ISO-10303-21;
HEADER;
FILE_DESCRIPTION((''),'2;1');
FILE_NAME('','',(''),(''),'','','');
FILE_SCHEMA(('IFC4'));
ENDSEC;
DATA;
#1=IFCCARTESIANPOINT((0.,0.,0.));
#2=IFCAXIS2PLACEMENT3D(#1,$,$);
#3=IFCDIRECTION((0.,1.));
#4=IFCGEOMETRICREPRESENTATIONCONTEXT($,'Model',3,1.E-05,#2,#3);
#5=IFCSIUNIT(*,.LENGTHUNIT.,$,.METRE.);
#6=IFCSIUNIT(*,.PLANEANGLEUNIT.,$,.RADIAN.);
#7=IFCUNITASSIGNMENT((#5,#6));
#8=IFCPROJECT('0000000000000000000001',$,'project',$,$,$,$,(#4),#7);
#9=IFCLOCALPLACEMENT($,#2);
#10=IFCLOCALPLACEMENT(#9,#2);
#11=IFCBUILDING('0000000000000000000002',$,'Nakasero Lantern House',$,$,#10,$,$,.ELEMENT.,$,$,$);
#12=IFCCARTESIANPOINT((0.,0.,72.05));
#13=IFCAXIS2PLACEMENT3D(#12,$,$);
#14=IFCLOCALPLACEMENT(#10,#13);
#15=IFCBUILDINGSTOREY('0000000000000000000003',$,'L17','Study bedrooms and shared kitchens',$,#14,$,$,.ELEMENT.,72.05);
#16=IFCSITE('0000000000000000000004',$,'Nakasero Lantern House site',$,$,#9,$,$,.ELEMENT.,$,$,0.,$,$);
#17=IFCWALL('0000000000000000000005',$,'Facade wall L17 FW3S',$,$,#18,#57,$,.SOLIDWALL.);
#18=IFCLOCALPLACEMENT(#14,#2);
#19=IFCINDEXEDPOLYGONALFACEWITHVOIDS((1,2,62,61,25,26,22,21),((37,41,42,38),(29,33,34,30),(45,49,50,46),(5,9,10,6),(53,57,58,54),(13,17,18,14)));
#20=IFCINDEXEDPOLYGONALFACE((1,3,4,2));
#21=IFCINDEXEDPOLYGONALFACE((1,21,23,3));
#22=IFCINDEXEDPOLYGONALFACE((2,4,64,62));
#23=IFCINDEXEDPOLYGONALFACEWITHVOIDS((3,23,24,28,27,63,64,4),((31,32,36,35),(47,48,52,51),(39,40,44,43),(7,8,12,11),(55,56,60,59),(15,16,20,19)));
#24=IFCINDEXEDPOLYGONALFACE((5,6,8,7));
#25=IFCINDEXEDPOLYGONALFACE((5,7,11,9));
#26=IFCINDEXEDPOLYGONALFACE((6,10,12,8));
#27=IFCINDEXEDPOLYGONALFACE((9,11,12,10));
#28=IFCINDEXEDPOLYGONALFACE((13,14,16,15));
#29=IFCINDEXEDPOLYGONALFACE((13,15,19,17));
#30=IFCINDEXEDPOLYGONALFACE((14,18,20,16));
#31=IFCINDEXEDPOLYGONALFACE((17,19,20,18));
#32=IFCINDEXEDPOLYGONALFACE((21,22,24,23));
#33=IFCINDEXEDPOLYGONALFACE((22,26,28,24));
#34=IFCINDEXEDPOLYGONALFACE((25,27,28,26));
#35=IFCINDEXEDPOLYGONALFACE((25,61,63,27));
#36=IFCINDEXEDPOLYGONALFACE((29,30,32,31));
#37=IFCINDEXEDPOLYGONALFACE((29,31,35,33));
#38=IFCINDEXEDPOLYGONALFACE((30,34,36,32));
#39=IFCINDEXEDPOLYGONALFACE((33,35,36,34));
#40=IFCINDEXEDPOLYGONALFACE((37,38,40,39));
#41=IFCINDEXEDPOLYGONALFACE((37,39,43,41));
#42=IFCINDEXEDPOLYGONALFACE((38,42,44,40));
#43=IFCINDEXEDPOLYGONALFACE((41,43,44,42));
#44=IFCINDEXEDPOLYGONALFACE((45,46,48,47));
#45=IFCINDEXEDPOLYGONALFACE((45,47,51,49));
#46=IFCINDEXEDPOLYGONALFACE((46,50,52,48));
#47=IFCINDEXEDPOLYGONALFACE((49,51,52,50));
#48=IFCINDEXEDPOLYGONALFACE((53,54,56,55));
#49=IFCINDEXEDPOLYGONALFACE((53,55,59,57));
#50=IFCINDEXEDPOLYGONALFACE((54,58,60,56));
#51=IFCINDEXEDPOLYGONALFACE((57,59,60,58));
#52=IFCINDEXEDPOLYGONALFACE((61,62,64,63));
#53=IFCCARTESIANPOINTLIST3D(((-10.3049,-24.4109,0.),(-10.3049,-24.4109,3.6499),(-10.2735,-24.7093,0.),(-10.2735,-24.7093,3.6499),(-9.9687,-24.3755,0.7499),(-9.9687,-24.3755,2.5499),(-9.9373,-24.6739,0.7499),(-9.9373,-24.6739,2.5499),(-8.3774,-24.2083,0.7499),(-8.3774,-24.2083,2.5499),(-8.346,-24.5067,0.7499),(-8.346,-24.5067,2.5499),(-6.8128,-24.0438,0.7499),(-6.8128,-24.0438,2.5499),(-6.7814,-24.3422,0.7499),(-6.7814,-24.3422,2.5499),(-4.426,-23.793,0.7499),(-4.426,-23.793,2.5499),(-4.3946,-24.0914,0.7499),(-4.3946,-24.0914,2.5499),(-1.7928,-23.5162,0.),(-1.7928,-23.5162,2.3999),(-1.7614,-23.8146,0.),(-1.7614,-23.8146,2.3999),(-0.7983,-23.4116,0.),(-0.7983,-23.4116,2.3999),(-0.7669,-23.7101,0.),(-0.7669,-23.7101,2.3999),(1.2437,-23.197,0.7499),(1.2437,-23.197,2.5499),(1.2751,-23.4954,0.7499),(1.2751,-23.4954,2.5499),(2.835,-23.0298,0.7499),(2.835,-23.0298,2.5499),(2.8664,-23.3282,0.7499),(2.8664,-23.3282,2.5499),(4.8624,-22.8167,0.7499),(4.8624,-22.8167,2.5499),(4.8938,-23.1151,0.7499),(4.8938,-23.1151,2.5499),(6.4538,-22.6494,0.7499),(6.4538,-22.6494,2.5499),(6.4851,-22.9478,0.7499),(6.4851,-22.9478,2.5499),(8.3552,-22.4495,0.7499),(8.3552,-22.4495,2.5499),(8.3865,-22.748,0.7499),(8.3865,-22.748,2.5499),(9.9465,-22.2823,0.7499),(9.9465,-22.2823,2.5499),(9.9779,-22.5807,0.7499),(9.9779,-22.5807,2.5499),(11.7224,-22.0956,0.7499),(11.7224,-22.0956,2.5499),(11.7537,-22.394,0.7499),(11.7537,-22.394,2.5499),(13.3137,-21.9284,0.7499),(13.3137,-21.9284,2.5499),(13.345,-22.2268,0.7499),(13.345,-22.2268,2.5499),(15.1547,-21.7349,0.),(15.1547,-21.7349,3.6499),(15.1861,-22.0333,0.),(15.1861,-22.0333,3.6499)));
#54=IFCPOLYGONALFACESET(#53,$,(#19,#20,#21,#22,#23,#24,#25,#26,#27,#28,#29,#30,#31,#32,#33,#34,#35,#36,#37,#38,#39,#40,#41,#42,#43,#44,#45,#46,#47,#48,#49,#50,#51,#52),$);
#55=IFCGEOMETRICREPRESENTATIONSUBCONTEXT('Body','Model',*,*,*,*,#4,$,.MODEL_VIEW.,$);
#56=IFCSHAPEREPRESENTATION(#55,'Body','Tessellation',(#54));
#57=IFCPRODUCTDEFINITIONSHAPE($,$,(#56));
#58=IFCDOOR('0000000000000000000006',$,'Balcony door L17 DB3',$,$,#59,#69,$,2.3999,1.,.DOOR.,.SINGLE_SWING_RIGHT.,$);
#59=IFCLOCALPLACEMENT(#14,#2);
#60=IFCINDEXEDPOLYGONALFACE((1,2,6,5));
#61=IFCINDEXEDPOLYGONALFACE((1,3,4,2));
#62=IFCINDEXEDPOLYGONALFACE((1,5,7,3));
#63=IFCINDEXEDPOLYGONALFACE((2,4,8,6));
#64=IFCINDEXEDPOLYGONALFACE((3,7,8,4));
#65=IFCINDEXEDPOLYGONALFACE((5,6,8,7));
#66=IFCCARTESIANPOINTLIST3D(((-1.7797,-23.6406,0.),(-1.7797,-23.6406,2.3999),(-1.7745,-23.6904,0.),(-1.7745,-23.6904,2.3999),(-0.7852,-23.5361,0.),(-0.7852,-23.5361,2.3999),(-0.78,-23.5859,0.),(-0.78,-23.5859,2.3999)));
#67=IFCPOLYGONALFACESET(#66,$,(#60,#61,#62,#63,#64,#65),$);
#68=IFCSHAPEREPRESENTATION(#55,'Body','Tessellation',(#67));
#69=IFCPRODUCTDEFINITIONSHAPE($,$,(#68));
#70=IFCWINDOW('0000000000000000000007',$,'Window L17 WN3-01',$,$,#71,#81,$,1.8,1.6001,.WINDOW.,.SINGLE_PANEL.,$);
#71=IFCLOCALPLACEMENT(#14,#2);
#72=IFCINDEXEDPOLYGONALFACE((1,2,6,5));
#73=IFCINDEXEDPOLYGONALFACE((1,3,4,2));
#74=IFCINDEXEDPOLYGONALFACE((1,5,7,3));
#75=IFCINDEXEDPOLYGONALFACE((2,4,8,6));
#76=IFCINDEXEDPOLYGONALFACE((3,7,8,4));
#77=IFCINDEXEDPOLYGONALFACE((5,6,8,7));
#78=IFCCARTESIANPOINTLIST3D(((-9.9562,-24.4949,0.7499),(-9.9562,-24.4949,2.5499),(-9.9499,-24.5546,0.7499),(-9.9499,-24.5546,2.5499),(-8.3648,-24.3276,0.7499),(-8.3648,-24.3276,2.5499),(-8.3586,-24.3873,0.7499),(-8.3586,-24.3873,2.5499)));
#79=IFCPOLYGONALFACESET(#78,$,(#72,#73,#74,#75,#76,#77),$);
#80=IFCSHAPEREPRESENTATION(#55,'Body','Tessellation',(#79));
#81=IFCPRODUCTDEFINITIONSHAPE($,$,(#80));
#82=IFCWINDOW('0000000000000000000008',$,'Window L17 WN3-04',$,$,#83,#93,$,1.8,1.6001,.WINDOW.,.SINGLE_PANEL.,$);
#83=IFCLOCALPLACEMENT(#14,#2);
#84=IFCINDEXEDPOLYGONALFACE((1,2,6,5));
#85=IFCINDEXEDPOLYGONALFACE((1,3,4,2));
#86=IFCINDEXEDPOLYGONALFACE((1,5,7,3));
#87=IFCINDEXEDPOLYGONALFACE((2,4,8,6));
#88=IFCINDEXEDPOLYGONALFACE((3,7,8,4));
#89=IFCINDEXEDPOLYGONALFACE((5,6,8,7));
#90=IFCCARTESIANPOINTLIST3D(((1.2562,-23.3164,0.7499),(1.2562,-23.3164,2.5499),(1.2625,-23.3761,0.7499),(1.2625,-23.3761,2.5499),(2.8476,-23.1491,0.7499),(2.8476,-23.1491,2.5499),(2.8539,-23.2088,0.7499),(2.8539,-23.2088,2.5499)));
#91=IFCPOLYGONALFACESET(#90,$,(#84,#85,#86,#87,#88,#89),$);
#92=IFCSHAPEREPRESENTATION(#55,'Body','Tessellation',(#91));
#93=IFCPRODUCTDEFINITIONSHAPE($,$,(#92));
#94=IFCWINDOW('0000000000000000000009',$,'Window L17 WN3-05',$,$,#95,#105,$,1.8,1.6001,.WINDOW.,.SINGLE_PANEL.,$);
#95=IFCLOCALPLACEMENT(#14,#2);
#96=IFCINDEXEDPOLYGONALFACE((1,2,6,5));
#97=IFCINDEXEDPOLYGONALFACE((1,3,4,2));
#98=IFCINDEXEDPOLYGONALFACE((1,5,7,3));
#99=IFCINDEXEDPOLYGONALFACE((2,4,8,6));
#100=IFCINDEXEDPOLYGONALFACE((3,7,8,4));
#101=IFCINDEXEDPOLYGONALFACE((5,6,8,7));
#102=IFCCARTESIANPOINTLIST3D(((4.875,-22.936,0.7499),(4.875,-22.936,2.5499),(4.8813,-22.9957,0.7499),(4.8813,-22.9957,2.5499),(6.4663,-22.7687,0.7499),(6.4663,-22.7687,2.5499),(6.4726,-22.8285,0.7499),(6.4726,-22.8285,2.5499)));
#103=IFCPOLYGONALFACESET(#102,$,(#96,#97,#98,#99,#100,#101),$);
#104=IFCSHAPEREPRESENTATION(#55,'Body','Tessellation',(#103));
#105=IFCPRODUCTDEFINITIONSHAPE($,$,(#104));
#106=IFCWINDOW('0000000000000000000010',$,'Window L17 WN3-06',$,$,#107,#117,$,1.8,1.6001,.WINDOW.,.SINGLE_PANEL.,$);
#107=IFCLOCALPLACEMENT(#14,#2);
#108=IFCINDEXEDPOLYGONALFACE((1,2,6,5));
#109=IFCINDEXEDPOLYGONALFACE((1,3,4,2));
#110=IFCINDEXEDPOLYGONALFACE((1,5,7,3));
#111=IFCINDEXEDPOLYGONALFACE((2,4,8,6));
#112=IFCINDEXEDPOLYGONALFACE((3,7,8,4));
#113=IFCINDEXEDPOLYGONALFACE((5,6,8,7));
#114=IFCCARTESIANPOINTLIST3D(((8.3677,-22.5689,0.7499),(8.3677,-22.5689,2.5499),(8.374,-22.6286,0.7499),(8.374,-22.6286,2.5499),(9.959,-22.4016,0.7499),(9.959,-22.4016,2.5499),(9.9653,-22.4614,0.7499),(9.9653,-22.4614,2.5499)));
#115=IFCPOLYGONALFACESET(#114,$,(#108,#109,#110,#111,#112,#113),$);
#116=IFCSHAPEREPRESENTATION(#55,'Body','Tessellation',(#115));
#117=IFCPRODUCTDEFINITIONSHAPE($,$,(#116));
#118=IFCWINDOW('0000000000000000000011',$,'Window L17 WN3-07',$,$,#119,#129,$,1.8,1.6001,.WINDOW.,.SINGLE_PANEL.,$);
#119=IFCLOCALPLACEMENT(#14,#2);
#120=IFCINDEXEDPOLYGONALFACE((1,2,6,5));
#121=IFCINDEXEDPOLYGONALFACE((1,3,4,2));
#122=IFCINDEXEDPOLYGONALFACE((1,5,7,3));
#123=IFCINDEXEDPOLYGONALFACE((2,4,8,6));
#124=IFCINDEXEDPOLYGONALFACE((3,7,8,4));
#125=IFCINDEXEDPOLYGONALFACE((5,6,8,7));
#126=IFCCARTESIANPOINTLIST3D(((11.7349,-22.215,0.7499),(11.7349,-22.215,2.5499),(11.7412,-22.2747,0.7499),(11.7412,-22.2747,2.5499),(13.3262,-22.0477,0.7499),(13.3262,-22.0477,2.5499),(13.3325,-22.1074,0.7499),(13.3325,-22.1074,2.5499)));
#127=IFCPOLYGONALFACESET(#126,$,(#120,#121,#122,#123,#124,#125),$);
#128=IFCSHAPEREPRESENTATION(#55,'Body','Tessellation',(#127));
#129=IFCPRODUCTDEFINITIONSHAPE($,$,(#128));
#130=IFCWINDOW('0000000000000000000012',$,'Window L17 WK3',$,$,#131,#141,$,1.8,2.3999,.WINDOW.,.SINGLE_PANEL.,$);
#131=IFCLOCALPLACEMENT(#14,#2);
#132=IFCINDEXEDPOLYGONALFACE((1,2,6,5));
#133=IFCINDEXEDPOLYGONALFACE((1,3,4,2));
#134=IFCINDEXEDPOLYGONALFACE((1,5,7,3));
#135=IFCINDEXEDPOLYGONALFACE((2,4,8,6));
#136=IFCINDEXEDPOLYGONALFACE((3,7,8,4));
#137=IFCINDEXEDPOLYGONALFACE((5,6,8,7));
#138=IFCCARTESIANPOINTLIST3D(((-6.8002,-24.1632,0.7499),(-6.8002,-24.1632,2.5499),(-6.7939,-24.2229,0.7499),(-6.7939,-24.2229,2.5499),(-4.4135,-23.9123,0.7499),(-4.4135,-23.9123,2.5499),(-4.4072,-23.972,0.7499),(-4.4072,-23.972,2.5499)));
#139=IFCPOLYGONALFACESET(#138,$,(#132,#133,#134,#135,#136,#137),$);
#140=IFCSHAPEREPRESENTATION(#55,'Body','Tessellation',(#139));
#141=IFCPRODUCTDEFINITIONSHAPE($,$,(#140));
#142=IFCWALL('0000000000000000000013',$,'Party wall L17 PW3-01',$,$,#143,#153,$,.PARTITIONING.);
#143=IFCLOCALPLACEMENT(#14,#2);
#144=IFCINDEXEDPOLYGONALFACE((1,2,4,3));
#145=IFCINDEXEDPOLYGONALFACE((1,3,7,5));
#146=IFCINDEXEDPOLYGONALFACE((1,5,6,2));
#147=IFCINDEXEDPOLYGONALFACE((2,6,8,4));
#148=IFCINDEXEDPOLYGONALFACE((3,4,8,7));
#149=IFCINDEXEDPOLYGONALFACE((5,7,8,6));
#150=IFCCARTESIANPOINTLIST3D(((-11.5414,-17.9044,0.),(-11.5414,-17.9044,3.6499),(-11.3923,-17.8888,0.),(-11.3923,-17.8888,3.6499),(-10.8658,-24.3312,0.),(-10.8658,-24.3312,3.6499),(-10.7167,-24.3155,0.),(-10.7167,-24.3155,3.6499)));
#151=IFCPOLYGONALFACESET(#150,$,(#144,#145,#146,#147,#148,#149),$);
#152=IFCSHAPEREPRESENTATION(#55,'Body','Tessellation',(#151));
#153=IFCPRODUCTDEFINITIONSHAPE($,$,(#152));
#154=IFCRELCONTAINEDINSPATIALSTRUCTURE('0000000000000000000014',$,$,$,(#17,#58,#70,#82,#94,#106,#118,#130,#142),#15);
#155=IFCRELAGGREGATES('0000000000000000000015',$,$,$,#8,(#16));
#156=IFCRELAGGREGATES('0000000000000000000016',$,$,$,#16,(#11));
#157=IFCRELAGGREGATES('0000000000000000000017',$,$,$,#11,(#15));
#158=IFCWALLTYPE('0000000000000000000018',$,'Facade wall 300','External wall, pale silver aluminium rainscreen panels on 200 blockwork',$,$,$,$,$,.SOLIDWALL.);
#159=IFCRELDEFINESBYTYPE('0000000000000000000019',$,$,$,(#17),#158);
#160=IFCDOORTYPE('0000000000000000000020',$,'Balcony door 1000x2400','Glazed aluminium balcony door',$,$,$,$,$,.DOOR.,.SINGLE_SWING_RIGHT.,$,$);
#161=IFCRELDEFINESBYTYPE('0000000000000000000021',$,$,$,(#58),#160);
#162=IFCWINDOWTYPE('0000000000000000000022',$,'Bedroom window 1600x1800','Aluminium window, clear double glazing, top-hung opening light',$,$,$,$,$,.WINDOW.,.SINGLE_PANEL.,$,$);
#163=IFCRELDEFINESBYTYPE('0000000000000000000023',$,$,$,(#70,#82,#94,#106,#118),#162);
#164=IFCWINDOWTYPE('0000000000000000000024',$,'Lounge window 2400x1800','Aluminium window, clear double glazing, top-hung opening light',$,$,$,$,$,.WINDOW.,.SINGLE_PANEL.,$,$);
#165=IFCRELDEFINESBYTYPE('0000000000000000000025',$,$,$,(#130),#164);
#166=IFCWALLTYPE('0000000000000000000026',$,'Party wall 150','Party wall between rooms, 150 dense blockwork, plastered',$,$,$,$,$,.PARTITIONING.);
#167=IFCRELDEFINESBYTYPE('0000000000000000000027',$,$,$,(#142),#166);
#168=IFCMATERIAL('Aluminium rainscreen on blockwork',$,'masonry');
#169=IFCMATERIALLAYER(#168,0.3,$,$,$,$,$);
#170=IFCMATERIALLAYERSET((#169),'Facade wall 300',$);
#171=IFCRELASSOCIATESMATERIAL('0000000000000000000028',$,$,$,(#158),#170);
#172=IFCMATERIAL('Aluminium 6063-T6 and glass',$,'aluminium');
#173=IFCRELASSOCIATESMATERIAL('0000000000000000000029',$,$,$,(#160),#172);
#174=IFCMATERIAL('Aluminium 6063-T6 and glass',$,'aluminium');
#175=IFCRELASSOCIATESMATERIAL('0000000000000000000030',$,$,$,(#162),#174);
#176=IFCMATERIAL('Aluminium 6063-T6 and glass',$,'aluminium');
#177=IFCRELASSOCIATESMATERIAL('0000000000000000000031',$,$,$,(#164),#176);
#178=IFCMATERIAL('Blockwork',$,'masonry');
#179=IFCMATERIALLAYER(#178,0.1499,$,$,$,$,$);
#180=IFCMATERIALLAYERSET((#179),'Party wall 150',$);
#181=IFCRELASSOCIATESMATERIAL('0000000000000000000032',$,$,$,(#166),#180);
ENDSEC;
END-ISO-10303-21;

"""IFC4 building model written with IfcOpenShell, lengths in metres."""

from ifc_helpers import new_model, si_unit, direction, frame, frame_2d, origin, place, context, subcontext, project, spatial, rectangle, extrude, material, layer, layer_set, type_object, element, fill, save


model = new_model("IFC4")

# Units and contexts
model_context = context("Model", 3, precision=1e-05, world=origin(), true_north=direction((0.0, 1.0)))
body_context = subcontext(model_context, "Body", "Model", "MODEL_VIEW")
ifc_project = project(units=[si_unit("LENGTHUNIT", "METRE"), si_unit("PLANEANGLEUNIT", "RADIAN")], contexts=[model_context])

# Site, building, storey
site_placement = place(None, origin())
site = spatial("IfcSite", under=ifc_project, at=site_placement, Name="Nakasero Lantern House site", CompositionType="ELEMENT", RefElevation=0.0)
building_placement = place(site_placement, origin())
building = spatial("IfcBuilding", under=site, at=building_placement, Name="Nakasero Lantern House", CompositionType="ELEMENT")
storey_placement = place(building_placement, frame((0.0, 0.0, 72.05)))
storey = spatial("IfcBuildingStorey", under=building, at=storey_placement, Name="L17", Description="Study bedrooms and shared kitchens", CompositionType="ELEMENT", Elevation=72.05)

# Wall, openings, door, windows
ifc_material_1 = material(Name="Aluminium rainscreen on blockwork", Category="masonry")
ifc_layer_1 = layer(ifc_material_1, 0.3)
ifc_layer_set_1 = layer_set([ifc_layer_1], Name="Facade wall 300")
wall_type_1 = type_object("IfcWallType", Name="Facade wall 300", Description="External wall, pale silver aluminium rainscreen panels on 200 blockwork", PredefinedType="SOLIDWALL", material=ifc_layer_set_1)
wall_1_placement = place(storey_placement, frame((-10.2891, -24.5601, 0.0), z_axis=(0.0, 0.0, 1.0), x_axis=(0.994521, 0.104532, 0.0)))
wall_1 = element("IfcWall", 1, at=wall_1_placement, inside=storey, type_object=wall_type_1, Name="Facade wall L17 FW3S", PredefinedType="SOLIDWALL", context=body_context, shape_type="SweptSolid", body=[
    extrude(rectangle(XDim=25.5999, YDim=0.3, at=frame_2d((12.7998, 0.0))), origin(), (0.0, 0.0, 1.0), 3.6499),
])
opening_1_placement = place(wall_1_placement, frame((0.3379, 0.0, 0.75)))
opening_1 = element("IfcOpeningElement", 2, at=opening_1_placement, cuts=wall_1, PredefinedType="OPENING", context=body_context, shape_type="SweptSolid", body=[
    extrude(rectangle(XDim=1.6001, YDim=1.8, at=frame_2d((0.8, 0.8999))), frame((0.0, 0.1699, 0.0), z_axis=(0.0, -1.0, 0.0), x_axis=(1.0, 0.0, 0.0)), (0.0, 0.0, 1.0), 0.3401),
])
opening_2_placement = place(wall_1_placement, frame((11.6121, 0.0, 0.75)))
opening_2 = element("IfcOpeningElement", 3, at=opening_2_placement, cuts=wall_1, PredefinedType="OPENING", context=body_context, shape_type="SweptSolid", body=[
    extrude(rectangle(XDim=1.6001, YDim=1.8, at=frame_2d((0.8, 0.8999))), frame((0.0, 0.1699, 0.0), z_axis=(0.0, -1.0, 0.0), x_axis=(1.0, 0.0, 0.0)), (0.0, 0.0, 1.0), 0.3401),
])
opening_3_placement = place(wall_1_placement, frame((15.2507, 0.0, 0.75)))
opening_3 = element("IfcOpeningElement", 4, at=opening_3_placement, cuts=wall_1, PredefinedType="OPENING", context=body_context, shape_type="SweptSolid", body=[
    extrude(rectangle(XDim=1.6001, YDim=1.8, at=frame_2d((0.8, 0.8999))), frame((0.0, 0.1699, 0.0), z_axis=(0.0, -1.0, 0.0), x_axis=(1.0, 0.0, 0.0)), (0.0, 0.0, 1.0), 0.3401),
])
opening_4_placement = place(wall_1_placement, frame((18.7627, 0.0, 0.75)))
opening_4 = element("IfcOpeningElement", 5, at=opening_4_placement, cuts=wall_1, PredefinedType="OPENING", context=body_context, shape_type="SweptSolid", body=[
    extrude(rectangle(XDim=1.6001, YDim=1.8, at=frame_2d((0.8, 0.8999))), frame((0.0, 0.1699, 0.0), z_axis=(0.0, -1.0, 0.0), x_axis=(1.0, 0.0, 0.0)), (0.0, 0.0, 1.0), 0.3401),
])
opening_5_placement = place(wall_1_placement, frame((22.1484, 0.0, 0.75)))
opening_5 = element("IfcOpeningElement", 6, at=opening_5_placement, cuts=wall_1, PredefinedType="OPENING", context=body_context, shape_type="SweptSolid", body=[
    extrude(rectangle(XDim=1.6001, YDim=1.8, at=frame_2d((0.8, 0.8999))), frame((0.0, 0.1699, 0.0), z_axis=(0.0, -1.0, 0.0), x_axis=(1.0, 0.0, 0.0)), (0.0, 0.0, 1.0), 0.3401),
])
opening_6_placement = place(wall_1_placement, frame((3.5112, 0.0, 0.75)))
opening_6 = element("IfcOpeningElement", 7, at=opening_6_placement, cuts=wall_1, PredefinedType="OPENING", context=body_context, shape_type="SweptSolid", body=[
    extrude(rectangle(XDim=2.3999, YDim=1.8, at=frame_2d((1.2, 0.8999))), frame((0.0, 0.1699, 0.0), z_axis=(0.0, -1.0, 0.0), x_axis=(1.0, 0.0, 0.0)), (0.0, 0.0, 1.0), 0.3401),
])
opening_7_placement = place(wall_1_placement, frame((8.5588, 0.0, 0.0)))
opening_7 = element("IfcOpeningElement", 8, at=opening_7_placement, cuts=wall_1, PredefinedType="OPENING", context=body_context, shape_type="SweptSolid", body=[
    extrude(rectangle(XDim=1.0, YDim=2.3999, at=frame_2d((0.5, 1.2))), frame((0.0, 0.1699, 0.0), z_axis=(0.0, -1.0, 0.0), x_axis=(1.0, 0.0, 0.0)), (0.0, 0.0, 1.0), 0.3401),
])
ifc_material_2 = material(Name="Aluminium 6063-T6 and glass", Category="aluminium")
door_type_1 = type_object("IfcDoorType", Name="Balcony door 1000x2400", Description="Glazed aluminium balcony door", OperationType="SINGLE_SWING_RIGHT", PredefinedType="DOOR", material=ifc_material_2)
door_1_placement = place(opening_7_placement, origin())
door_1 = element("IfcDoor", 9, at=door_1_placement, inside=storey, type_object=door_type_1, Name="Balcony door L17 DB3", OperationType="SINGLE_SWING_RIGHT", OverallHeight=2.3999, OverallWidth=1.0, PredefinedType="DOOR", context=body_context, shape_type="SweptSolid", body=[
    extrude(rectangle(XDim=1.0, YDim=2.3999, at=frame_2d((0.5, 1.2))), frame((0.0, 0.0249, 0.0), z_axis=(0.0, -1.0, 0.0), x_axis=(1.0, 0.0, 0.0)), (0.0, 0.0, 1.0), 0.05),
])
fill(opening_7, door_1)
ifc_material_3 = material(Name="Aluminium 6063-T6 and glass", Category="aluminium")
window_type_1 = type_object("IfcWindowType", Name="Bedroom window 1600x1800", Description="Aluminium window, clear double glazing, top-hung opening light", PartitioningType="SINGLE_PANEL", PredefinedType="WINDOW", material=ifc_material_3)
window_1_placement = place(opening_1_placement, origin())
window_1 = element("IfcWindow", 10, at=window_1_placement, inside=storey, type_object=window_type_1, Name="Window L17 WN3-01", OverallHeight=1.8, OverallWidth=1.6001, PartitioningType="SINGLE_PANEL", PredefinedType="WINDOW", context=body_context, shape_type="SweptSolid", body=[
    extrude(rectangle(XDim=1.6001, YDim=1.8, at=frame_2d((0.8, 0.8999))), frame((0.0, 0.03, 0.0), z_axis=(0.0, -1.0, 0.0), x_axis=(1.0, 0.0, 0.0)), (0.0, 0.0, 1.0), 0.0601),
])
fill(opening_1, window_1)
window_2_placement = place(opening_2_placement, origin())
window_2 = element("IfcWindow", 11, at=window_2_placement, inside=storey, type_object=window_type_1, Name="Window L17 WN3-04", OverallHeight=1.8, OverallWidth=1.6001, PartitioningType="SINGLE_PANEL", PredefinedType="WINDOW", context=body_context, shape_type="SweptSolid", body=[
    extrude(rectangle(XDim=1.6001, YDim=1.8, at=frame_2d((0.8, 0.8999))), frame((0.0, 0.03, 0.0), z_axis=(0.0, -1.0, 0.0), x_axis=(1.0, 0.0, 0.0)), (0.0, 0.0, 1.0), 0.0601),
])
fill(opening_2, window_2)
window_3_placement = place(opening_3_placement, origin())
window_3 = element("IfcWindow", 12, at=window_3_placement, inside=storey, type_object=window_type_1, Name="Window L17 WN3-05", OverallHeight=1.8, OverallWidth=1.6001, PartitioningType="SINGLE_PANEL", PredefinedType="WINDOW", context=body_context, shape_type="SweptSolid", body=[
    extrude(rectangle(XDim=1.6001, YDim=1.8, at=frame_2d((0.8, 0.8999))), frame((0.0, 0.03, 0.0), z_axis=(0.0, -1.0, 0.0), x_axis=(1.0, 0.0, 0.0)), (0.0, 0.0, 1.0), 0.0601),
])
fill(opening_3, window_3)
window_4_placement = place(opening_4_placement, origin())
window_4 = element("IfcWindow", 13, at=window_4_placement, inside=storey, type_object=window_type_1, Name="Window L17 WN3-06", OverallHeight=1.8, OverallWidth=1.6001, PartitioningType="SINGLE_PANEL", PredefinedType="WINDOW", context=body_context, shape_type="SweptSolid", body=[
    extrude(rectangle(XDim=1.6001, YDim=1.8, at=frame_2d((0.8, 0.8999))), frame((0.0, 0.03, 0.0), z_axis=(0.0, -1.0, 0.0), x_axis=(1.0, 0.0, 0.0)), (0.0, 0.0, 1.0), 0.0601),
])
fill(opening_4, window_4)
window_5_placement = place(opening_5_placement, origin())
window_5 = element("IfcWindow", 14, at=window_5_placement, inside=storey, type_object=window_type_1, Name="Window L17 WN3-07", OverallHeight=1.8, OverallWidth=1.6001, PartitioningType="SINGLE_PANEL", PredefinedType="WINDOW", context=body_context, shape_type="SweptSolid", body=[
    extrude(rectangle(XDim=1.6001, YDim=1.8, at=frame_2d((0.8, 0.8999))), frame((0.0, 0.03, 0.0), z_axis=(0.0, -1.0, 0.0), x_axis=(1.0, 0.0, 0.0)), (0.0, 0.0, 1.0), 0.0601),
])
fill(opening_5, window_5)
ifc_material_4 = material(Name="Aluminium 6063-T6 and glass", Category="aluminium")
window_type_2 = type_object("IfcWindowType", Name="Lounge window 2400x1800", Description="Aluminium window, clear double glazing, top-hung opening light", PartitioningType="SINGLE_PANEL", PredefinedType="WINDOW", material=ifc_material_4)
window_6_placement = place(opening_6_placement, origin())
window_6 = element("IfcWindow", 15, at=window_6_placement, inside=storey, type_object=window_type_2, Name="Window L17 WK3", OverallHeight=1.8, OverallWidth=2.3999, PartitioningType="SINGLE_PANEL", PredefinedType="WINDOW", context=body_context, shape_type="SweptSolid", body=[
    extrude(rectangle(XDim=2.3999, YDim=1.8, at=frame_2d((1.2, 0.8999))), frame((0.0, 0.03, 0.0), z_axis=(0.0, -1.0, 0.0), x_axis=(1.0, 0.0, 0.0)), (0.0, 0.0, 1.0), 0.0601),
])
fill(opening_6, window_6)

# Wall
ifc_material_5 = material(Name="Blockwork", Category="masonry")
ifc_layer_2 = layer(ifc_material_5, 0.1499)
ifc_layer_set_2 = layer_set([ifc_layer_2], Name="Party wall 150")
wall_type_2 = type_object("IfcWallType", Name="Party wall 150", Description="Party wall between rooms, 150 dense blockwork, plastered", PredefinedType="PARTITIONING", material=ifc_layer_set_2)
wall_2_placement = place(storey_placement, frame((-11.4668, -17.8967, 0.0), z_axis=(0.0, 0.0, 1.0), x_axis=(0.104537, -0.994521, 0.0)))
element("IfcWall", 16, at=wall_2_placement, inside=storey, type_object=wall_type_2, Name="Party wall L17 PW3-01", PredefinedType="PARTITIONING", context=body_context, shape_type="SweptSolid", body=[
    extrude(rectangle(XDim=6.4622, YDim=0.1499, at=frame_2d((3.231, 0.0))), origin(), (0.0, 0.0, 1.0), 3.6499),
])

save(model, "model.ifc")
